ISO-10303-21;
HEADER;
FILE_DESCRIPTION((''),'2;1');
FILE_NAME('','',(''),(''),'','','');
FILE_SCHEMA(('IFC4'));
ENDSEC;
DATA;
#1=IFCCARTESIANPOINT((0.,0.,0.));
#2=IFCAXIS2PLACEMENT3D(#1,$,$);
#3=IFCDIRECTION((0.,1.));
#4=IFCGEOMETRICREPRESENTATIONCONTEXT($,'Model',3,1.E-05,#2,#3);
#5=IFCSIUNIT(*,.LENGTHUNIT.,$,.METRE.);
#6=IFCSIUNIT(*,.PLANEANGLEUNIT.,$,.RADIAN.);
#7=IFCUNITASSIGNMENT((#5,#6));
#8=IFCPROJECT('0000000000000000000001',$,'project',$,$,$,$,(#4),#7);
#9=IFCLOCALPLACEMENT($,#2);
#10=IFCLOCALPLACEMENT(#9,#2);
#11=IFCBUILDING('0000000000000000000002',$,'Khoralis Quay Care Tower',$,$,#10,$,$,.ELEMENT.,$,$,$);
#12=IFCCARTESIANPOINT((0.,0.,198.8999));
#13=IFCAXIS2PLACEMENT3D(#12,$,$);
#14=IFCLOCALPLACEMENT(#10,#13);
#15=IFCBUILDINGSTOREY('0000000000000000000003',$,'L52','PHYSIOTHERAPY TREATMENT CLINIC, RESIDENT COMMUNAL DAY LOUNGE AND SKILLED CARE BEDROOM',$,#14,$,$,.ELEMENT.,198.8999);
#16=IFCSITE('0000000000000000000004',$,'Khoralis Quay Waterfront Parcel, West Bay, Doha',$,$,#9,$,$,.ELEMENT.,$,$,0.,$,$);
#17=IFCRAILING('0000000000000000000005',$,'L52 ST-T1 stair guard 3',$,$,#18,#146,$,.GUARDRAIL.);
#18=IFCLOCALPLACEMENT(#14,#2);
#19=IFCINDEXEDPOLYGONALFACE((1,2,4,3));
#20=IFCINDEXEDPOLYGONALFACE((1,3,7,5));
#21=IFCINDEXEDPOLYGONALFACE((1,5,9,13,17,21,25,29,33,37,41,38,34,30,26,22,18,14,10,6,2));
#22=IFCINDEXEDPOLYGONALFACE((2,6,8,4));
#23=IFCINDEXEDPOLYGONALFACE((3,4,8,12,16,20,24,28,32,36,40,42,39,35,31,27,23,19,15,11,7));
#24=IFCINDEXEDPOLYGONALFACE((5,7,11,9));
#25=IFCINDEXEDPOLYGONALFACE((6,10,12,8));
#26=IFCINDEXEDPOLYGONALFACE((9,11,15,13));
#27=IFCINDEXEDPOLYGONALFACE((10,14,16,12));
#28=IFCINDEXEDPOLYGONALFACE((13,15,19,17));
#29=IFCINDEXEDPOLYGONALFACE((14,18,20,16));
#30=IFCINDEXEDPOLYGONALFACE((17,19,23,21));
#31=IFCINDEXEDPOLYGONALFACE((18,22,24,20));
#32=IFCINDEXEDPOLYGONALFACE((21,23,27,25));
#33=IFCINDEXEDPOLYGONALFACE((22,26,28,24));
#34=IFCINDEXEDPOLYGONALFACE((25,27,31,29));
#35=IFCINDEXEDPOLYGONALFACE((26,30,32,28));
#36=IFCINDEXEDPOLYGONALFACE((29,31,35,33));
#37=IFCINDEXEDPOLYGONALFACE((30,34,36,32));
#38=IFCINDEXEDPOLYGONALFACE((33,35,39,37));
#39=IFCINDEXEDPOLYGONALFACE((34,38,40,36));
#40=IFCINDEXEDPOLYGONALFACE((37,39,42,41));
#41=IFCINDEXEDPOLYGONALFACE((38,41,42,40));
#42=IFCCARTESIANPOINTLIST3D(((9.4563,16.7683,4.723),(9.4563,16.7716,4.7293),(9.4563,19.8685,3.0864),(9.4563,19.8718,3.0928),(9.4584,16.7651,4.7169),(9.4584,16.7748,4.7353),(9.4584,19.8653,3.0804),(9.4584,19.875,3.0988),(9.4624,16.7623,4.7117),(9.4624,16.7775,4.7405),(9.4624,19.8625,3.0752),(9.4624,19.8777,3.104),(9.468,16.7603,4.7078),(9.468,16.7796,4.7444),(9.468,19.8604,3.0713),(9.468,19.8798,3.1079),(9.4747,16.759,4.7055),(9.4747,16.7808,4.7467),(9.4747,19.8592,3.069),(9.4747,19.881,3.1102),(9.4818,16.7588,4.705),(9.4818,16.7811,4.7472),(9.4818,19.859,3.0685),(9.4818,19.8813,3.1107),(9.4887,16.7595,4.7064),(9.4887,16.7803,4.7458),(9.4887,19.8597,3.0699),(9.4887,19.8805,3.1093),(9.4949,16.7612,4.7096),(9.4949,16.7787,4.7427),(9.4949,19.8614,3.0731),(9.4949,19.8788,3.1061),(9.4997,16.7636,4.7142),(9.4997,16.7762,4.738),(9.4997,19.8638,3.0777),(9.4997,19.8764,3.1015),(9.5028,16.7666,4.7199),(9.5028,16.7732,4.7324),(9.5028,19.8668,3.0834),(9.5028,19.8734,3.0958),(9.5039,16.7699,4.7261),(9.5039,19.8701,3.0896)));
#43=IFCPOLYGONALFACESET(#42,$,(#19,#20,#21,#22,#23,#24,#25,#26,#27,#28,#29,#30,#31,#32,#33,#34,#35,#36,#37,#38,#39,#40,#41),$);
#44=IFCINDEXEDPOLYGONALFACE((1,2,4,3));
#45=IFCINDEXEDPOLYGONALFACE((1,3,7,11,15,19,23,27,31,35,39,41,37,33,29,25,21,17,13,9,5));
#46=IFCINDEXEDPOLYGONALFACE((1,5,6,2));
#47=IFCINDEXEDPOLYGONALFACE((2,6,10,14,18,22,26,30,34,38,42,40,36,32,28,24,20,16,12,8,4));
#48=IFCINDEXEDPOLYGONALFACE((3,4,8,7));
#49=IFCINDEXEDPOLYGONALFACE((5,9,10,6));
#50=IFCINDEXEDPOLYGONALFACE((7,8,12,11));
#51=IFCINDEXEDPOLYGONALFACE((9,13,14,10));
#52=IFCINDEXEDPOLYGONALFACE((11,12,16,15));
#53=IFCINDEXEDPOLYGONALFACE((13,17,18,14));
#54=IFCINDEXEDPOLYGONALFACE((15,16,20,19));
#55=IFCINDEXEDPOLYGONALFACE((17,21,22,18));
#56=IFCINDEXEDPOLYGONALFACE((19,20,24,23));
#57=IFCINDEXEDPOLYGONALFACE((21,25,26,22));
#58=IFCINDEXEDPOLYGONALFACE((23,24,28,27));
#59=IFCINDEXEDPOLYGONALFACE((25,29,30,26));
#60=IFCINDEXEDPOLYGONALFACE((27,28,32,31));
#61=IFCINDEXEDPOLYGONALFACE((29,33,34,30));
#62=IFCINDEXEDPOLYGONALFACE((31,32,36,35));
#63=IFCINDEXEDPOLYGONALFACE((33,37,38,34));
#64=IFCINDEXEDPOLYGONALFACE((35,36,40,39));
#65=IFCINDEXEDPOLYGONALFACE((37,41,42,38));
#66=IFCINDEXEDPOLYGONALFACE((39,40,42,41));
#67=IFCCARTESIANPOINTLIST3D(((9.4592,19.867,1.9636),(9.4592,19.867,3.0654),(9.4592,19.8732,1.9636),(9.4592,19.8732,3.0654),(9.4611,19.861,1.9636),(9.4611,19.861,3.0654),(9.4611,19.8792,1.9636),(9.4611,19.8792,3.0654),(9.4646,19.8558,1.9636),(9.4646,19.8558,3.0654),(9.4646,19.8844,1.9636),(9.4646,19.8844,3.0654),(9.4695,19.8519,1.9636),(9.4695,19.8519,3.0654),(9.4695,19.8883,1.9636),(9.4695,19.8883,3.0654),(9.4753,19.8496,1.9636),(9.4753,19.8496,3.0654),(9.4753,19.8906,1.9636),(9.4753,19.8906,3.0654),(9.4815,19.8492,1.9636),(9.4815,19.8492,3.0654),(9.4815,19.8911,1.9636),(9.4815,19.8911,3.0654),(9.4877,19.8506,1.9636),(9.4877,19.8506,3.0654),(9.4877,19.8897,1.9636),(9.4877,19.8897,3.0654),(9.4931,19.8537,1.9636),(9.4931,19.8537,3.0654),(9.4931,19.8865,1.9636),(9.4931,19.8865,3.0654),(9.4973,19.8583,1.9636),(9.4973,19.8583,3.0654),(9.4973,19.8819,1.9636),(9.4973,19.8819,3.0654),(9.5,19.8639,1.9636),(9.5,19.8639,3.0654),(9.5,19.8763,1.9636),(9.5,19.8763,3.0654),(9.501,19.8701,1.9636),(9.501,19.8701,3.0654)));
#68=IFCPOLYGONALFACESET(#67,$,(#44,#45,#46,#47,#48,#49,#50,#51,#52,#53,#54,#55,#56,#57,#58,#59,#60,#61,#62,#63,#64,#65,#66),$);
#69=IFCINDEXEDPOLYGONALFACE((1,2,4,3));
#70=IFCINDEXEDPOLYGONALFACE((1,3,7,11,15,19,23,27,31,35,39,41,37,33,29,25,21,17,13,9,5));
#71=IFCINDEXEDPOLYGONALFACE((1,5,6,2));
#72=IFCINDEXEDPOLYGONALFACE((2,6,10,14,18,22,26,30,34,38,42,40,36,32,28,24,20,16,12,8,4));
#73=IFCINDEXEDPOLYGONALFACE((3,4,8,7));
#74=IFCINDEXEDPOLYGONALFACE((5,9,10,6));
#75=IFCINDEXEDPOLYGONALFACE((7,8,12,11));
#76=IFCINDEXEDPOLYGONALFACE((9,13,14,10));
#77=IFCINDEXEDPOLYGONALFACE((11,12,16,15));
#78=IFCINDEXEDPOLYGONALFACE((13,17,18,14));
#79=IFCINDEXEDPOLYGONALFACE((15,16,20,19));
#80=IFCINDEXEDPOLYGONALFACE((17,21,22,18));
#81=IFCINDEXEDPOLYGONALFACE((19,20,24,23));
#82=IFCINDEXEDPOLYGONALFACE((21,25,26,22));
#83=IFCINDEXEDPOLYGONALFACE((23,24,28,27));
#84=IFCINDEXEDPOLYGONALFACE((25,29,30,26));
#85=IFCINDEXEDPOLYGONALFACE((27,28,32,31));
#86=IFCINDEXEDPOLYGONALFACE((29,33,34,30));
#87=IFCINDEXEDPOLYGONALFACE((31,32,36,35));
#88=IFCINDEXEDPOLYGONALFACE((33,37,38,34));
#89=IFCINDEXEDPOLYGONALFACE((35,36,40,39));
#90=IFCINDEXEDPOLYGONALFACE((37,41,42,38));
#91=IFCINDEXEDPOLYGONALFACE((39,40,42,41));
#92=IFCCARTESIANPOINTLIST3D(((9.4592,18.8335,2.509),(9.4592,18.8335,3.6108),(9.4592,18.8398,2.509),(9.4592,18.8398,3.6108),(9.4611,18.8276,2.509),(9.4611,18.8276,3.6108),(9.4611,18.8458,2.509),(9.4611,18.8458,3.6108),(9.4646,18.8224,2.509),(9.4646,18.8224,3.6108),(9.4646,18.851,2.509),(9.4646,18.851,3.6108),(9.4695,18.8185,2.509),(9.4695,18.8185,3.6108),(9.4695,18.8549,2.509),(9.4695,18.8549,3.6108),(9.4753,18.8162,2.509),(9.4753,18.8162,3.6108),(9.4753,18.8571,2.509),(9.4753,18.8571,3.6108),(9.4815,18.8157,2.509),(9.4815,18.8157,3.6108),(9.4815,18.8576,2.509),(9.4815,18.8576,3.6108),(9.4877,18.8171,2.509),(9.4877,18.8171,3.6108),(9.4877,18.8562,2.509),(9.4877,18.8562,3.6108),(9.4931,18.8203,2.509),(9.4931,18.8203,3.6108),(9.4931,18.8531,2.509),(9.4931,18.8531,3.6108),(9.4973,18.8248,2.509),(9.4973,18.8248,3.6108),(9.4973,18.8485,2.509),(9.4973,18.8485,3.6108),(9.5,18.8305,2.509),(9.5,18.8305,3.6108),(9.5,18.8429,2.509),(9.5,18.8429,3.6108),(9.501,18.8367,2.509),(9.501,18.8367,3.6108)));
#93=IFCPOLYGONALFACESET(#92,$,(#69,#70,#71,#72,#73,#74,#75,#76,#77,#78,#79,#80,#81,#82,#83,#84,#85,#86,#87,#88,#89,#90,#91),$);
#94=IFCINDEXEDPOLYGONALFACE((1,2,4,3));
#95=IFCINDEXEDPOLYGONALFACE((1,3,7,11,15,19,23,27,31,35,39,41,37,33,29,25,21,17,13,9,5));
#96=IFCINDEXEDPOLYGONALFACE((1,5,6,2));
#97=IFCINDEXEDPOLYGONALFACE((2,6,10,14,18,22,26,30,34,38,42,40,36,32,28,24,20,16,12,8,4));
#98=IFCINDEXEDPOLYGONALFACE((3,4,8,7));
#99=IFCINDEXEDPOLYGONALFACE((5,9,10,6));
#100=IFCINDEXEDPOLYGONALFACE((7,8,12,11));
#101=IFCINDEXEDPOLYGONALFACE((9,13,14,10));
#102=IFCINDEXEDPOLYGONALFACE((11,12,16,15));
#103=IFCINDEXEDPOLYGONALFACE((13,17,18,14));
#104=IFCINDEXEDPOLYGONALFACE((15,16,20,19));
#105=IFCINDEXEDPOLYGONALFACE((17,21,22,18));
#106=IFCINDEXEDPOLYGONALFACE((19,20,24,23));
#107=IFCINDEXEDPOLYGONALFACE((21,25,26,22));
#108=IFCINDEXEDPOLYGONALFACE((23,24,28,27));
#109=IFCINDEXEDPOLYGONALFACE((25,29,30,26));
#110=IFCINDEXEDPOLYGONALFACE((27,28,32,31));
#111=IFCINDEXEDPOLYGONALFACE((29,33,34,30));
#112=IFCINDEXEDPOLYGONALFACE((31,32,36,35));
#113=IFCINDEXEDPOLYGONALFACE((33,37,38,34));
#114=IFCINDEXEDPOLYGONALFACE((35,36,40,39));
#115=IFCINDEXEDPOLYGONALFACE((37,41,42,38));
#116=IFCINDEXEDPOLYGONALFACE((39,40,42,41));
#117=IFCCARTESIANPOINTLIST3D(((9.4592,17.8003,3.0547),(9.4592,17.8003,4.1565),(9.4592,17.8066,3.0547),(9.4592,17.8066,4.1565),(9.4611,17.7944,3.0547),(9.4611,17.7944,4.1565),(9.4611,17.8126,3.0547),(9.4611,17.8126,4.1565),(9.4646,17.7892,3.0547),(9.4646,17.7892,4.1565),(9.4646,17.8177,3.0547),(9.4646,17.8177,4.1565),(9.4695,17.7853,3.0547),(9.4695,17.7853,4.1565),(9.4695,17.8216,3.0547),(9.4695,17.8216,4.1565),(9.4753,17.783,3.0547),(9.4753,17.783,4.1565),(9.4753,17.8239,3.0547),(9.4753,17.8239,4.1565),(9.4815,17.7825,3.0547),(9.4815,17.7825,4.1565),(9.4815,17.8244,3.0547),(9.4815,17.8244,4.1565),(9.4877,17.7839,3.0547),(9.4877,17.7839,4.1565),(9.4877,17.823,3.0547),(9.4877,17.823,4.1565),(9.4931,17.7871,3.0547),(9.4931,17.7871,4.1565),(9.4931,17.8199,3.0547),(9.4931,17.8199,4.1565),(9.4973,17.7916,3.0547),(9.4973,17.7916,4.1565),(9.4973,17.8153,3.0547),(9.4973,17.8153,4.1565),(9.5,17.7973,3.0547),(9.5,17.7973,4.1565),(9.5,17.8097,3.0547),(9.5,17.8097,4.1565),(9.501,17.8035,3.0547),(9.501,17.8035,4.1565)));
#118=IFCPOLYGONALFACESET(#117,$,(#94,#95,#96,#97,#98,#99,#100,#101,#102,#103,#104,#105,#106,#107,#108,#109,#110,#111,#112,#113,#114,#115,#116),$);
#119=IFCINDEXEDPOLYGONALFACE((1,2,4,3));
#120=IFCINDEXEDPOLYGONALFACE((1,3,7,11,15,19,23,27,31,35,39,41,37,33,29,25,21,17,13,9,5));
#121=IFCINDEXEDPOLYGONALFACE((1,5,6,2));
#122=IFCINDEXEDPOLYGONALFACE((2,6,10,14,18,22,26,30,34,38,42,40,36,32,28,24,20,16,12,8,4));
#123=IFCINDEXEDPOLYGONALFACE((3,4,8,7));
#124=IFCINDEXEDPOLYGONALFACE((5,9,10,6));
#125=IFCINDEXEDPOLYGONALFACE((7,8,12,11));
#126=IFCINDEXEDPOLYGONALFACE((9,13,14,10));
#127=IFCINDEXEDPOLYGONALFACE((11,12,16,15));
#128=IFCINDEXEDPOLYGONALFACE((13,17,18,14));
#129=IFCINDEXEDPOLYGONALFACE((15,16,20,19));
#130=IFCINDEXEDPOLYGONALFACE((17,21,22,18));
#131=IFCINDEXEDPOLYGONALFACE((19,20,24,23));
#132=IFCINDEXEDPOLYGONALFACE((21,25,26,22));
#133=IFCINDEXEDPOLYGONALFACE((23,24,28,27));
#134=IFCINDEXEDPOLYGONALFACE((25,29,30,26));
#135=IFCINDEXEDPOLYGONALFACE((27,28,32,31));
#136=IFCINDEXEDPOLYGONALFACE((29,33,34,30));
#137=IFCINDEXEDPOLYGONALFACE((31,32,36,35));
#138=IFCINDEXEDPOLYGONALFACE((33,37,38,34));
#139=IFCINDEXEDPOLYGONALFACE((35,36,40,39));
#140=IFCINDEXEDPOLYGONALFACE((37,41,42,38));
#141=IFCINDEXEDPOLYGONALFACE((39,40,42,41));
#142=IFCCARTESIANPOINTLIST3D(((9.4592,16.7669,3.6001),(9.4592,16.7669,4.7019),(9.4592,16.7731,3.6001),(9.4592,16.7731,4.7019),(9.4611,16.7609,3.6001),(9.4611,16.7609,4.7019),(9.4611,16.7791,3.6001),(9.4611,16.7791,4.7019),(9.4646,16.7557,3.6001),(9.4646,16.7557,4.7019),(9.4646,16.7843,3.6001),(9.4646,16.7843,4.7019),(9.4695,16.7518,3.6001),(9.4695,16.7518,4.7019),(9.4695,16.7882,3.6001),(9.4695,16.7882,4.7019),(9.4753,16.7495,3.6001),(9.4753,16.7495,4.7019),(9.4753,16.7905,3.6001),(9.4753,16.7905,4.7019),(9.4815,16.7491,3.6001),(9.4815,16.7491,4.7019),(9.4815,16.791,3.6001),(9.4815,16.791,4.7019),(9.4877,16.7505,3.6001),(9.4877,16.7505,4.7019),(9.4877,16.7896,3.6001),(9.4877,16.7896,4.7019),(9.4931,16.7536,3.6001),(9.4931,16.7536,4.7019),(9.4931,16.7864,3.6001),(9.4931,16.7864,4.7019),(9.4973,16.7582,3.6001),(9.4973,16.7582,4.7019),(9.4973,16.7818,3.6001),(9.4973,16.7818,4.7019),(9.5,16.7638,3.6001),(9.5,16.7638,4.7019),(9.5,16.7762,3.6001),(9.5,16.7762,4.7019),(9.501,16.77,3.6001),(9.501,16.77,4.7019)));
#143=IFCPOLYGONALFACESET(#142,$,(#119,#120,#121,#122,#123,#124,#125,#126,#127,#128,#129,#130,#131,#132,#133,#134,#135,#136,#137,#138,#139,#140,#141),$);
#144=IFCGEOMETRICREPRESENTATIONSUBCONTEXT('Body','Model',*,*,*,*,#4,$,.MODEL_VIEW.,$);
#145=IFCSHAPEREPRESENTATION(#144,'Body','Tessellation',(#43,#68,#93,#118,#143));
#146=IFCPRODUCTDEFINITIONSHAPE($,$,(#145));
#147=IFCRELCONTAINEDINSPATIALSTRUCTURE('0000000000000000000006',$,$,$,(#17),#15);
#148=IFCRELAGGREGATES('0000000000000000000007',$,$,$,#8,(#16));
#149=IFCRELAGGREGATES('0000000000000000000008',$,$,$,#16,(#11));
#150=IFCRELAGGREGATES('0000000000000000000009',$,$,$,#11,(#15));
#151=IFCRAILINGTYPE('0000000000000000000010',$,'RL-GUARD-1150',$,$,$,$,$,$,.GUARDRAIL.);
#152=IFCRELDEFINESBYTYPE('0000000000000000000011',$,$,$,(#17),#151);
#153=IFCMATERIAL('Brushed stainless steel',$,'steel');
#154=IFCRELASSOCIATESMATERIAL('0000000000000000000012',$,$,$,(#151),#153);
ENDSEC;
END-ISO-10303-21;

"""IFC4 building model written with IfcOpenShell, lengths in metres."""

from ifc_helpers import new_model, si_unit, direction, frame, origin, origin_2d, place, context, subcontext, project, spatial, circle, extrude, material, type_object, element, save


model = new_model("IFC4")

# Units and contexts
model_context = context("Model", 3, precision=1e-05, world=origin(), true_north=direction((0.0, 1.0)))
body_context = subcontext(model_context, "Body", "Model", "MODEL_VIEW")
ifc_project = project(units=[si_unit("LENGTHUNIT", "METRE"), si_unit("PLANEANGLEUNIT", "RADIAN")], contexts=[model_context])

# Site, building, storey
site_placement = place(None, origin())
site = spatial("IfcSite", under=ifc_project, at=site_placement, Name="Khoralis Quay Waterfront Parcel, West Bay, Doha", CompositionType="ELEMENT", RefElevation=0.0)
building_placement = place(site_placement, origin())
building = spatial("IfcBuilding", under=site, at=building_placement, Name="Khoralis Quay Care Tower", CompositionType="ELEMENT")
storey_placement = place(building_placement, frame((0.0, 0.0, 198.8999)))
storey = spatial("IfcBuildingStorey", under=building, at=storey_placement, Name="L52", Description="PHYSIOTHERAPY TREATMENT CLINIC, RESIDENT COMMUNAL DAY LOUNGE AND SKILLED CARE BEDROOM", CompositionType="ELEMENT", Elevation=198.8999)

# Shared definitions
ifc_material_1 = material(Name="Brushed stainless steel", Category="steel")

# Railing
railing_type_1 = type_object("IfcRailingType", Name="RL-GUARD-1150", PredefinedType="GUARDRAIL", material=ifc_material_1)
railing_1_placement = place(storey_placement, frame((9.48, 19.8701, 1.9636)))
element("IfcRailing", 1, at=railing_1_placement, inside=storey, type_object=railing_type_1, Name="L52 ST-T1 stair guard 3", PredefinedType="GUARDRAIL", context=body_context, shape_type="SweptSolid", body=[
    extrude(circle(Radius=0.0239, at=origin_2d()), frame((0.0, 0.0, 1.126), z_axis=(0.0, -0.884348, 0.466828), x_axis=(1.0, 0.0, 0.0)), (0.0, 0.0, 1.0), 3.5056),
    extrude(circle(Radius=0.021, at=origin_2d()), origin(), (0.0, 0.0, 1.0), 1.1018),
    extrude(circle(Radius=0.021, at=origin_2d()), frame((0.0, -1.0334, 0.5454)), (0.0, 0.0, 1.0), 1.1018),
    extrude(circle(Radius=0.021, at=origin_2d()), frame((0.0, -2.0667, 1.0911)), (0.0, 0.0, 1.0), 1.1018),
    extrude(circle(Radius=0.021, at=origin_2d()), frame((0.0, -3.1001, 1.6365)), (0.0, 0.0, 1.0), 1.1018),
])

save(model, "model.ifc")
